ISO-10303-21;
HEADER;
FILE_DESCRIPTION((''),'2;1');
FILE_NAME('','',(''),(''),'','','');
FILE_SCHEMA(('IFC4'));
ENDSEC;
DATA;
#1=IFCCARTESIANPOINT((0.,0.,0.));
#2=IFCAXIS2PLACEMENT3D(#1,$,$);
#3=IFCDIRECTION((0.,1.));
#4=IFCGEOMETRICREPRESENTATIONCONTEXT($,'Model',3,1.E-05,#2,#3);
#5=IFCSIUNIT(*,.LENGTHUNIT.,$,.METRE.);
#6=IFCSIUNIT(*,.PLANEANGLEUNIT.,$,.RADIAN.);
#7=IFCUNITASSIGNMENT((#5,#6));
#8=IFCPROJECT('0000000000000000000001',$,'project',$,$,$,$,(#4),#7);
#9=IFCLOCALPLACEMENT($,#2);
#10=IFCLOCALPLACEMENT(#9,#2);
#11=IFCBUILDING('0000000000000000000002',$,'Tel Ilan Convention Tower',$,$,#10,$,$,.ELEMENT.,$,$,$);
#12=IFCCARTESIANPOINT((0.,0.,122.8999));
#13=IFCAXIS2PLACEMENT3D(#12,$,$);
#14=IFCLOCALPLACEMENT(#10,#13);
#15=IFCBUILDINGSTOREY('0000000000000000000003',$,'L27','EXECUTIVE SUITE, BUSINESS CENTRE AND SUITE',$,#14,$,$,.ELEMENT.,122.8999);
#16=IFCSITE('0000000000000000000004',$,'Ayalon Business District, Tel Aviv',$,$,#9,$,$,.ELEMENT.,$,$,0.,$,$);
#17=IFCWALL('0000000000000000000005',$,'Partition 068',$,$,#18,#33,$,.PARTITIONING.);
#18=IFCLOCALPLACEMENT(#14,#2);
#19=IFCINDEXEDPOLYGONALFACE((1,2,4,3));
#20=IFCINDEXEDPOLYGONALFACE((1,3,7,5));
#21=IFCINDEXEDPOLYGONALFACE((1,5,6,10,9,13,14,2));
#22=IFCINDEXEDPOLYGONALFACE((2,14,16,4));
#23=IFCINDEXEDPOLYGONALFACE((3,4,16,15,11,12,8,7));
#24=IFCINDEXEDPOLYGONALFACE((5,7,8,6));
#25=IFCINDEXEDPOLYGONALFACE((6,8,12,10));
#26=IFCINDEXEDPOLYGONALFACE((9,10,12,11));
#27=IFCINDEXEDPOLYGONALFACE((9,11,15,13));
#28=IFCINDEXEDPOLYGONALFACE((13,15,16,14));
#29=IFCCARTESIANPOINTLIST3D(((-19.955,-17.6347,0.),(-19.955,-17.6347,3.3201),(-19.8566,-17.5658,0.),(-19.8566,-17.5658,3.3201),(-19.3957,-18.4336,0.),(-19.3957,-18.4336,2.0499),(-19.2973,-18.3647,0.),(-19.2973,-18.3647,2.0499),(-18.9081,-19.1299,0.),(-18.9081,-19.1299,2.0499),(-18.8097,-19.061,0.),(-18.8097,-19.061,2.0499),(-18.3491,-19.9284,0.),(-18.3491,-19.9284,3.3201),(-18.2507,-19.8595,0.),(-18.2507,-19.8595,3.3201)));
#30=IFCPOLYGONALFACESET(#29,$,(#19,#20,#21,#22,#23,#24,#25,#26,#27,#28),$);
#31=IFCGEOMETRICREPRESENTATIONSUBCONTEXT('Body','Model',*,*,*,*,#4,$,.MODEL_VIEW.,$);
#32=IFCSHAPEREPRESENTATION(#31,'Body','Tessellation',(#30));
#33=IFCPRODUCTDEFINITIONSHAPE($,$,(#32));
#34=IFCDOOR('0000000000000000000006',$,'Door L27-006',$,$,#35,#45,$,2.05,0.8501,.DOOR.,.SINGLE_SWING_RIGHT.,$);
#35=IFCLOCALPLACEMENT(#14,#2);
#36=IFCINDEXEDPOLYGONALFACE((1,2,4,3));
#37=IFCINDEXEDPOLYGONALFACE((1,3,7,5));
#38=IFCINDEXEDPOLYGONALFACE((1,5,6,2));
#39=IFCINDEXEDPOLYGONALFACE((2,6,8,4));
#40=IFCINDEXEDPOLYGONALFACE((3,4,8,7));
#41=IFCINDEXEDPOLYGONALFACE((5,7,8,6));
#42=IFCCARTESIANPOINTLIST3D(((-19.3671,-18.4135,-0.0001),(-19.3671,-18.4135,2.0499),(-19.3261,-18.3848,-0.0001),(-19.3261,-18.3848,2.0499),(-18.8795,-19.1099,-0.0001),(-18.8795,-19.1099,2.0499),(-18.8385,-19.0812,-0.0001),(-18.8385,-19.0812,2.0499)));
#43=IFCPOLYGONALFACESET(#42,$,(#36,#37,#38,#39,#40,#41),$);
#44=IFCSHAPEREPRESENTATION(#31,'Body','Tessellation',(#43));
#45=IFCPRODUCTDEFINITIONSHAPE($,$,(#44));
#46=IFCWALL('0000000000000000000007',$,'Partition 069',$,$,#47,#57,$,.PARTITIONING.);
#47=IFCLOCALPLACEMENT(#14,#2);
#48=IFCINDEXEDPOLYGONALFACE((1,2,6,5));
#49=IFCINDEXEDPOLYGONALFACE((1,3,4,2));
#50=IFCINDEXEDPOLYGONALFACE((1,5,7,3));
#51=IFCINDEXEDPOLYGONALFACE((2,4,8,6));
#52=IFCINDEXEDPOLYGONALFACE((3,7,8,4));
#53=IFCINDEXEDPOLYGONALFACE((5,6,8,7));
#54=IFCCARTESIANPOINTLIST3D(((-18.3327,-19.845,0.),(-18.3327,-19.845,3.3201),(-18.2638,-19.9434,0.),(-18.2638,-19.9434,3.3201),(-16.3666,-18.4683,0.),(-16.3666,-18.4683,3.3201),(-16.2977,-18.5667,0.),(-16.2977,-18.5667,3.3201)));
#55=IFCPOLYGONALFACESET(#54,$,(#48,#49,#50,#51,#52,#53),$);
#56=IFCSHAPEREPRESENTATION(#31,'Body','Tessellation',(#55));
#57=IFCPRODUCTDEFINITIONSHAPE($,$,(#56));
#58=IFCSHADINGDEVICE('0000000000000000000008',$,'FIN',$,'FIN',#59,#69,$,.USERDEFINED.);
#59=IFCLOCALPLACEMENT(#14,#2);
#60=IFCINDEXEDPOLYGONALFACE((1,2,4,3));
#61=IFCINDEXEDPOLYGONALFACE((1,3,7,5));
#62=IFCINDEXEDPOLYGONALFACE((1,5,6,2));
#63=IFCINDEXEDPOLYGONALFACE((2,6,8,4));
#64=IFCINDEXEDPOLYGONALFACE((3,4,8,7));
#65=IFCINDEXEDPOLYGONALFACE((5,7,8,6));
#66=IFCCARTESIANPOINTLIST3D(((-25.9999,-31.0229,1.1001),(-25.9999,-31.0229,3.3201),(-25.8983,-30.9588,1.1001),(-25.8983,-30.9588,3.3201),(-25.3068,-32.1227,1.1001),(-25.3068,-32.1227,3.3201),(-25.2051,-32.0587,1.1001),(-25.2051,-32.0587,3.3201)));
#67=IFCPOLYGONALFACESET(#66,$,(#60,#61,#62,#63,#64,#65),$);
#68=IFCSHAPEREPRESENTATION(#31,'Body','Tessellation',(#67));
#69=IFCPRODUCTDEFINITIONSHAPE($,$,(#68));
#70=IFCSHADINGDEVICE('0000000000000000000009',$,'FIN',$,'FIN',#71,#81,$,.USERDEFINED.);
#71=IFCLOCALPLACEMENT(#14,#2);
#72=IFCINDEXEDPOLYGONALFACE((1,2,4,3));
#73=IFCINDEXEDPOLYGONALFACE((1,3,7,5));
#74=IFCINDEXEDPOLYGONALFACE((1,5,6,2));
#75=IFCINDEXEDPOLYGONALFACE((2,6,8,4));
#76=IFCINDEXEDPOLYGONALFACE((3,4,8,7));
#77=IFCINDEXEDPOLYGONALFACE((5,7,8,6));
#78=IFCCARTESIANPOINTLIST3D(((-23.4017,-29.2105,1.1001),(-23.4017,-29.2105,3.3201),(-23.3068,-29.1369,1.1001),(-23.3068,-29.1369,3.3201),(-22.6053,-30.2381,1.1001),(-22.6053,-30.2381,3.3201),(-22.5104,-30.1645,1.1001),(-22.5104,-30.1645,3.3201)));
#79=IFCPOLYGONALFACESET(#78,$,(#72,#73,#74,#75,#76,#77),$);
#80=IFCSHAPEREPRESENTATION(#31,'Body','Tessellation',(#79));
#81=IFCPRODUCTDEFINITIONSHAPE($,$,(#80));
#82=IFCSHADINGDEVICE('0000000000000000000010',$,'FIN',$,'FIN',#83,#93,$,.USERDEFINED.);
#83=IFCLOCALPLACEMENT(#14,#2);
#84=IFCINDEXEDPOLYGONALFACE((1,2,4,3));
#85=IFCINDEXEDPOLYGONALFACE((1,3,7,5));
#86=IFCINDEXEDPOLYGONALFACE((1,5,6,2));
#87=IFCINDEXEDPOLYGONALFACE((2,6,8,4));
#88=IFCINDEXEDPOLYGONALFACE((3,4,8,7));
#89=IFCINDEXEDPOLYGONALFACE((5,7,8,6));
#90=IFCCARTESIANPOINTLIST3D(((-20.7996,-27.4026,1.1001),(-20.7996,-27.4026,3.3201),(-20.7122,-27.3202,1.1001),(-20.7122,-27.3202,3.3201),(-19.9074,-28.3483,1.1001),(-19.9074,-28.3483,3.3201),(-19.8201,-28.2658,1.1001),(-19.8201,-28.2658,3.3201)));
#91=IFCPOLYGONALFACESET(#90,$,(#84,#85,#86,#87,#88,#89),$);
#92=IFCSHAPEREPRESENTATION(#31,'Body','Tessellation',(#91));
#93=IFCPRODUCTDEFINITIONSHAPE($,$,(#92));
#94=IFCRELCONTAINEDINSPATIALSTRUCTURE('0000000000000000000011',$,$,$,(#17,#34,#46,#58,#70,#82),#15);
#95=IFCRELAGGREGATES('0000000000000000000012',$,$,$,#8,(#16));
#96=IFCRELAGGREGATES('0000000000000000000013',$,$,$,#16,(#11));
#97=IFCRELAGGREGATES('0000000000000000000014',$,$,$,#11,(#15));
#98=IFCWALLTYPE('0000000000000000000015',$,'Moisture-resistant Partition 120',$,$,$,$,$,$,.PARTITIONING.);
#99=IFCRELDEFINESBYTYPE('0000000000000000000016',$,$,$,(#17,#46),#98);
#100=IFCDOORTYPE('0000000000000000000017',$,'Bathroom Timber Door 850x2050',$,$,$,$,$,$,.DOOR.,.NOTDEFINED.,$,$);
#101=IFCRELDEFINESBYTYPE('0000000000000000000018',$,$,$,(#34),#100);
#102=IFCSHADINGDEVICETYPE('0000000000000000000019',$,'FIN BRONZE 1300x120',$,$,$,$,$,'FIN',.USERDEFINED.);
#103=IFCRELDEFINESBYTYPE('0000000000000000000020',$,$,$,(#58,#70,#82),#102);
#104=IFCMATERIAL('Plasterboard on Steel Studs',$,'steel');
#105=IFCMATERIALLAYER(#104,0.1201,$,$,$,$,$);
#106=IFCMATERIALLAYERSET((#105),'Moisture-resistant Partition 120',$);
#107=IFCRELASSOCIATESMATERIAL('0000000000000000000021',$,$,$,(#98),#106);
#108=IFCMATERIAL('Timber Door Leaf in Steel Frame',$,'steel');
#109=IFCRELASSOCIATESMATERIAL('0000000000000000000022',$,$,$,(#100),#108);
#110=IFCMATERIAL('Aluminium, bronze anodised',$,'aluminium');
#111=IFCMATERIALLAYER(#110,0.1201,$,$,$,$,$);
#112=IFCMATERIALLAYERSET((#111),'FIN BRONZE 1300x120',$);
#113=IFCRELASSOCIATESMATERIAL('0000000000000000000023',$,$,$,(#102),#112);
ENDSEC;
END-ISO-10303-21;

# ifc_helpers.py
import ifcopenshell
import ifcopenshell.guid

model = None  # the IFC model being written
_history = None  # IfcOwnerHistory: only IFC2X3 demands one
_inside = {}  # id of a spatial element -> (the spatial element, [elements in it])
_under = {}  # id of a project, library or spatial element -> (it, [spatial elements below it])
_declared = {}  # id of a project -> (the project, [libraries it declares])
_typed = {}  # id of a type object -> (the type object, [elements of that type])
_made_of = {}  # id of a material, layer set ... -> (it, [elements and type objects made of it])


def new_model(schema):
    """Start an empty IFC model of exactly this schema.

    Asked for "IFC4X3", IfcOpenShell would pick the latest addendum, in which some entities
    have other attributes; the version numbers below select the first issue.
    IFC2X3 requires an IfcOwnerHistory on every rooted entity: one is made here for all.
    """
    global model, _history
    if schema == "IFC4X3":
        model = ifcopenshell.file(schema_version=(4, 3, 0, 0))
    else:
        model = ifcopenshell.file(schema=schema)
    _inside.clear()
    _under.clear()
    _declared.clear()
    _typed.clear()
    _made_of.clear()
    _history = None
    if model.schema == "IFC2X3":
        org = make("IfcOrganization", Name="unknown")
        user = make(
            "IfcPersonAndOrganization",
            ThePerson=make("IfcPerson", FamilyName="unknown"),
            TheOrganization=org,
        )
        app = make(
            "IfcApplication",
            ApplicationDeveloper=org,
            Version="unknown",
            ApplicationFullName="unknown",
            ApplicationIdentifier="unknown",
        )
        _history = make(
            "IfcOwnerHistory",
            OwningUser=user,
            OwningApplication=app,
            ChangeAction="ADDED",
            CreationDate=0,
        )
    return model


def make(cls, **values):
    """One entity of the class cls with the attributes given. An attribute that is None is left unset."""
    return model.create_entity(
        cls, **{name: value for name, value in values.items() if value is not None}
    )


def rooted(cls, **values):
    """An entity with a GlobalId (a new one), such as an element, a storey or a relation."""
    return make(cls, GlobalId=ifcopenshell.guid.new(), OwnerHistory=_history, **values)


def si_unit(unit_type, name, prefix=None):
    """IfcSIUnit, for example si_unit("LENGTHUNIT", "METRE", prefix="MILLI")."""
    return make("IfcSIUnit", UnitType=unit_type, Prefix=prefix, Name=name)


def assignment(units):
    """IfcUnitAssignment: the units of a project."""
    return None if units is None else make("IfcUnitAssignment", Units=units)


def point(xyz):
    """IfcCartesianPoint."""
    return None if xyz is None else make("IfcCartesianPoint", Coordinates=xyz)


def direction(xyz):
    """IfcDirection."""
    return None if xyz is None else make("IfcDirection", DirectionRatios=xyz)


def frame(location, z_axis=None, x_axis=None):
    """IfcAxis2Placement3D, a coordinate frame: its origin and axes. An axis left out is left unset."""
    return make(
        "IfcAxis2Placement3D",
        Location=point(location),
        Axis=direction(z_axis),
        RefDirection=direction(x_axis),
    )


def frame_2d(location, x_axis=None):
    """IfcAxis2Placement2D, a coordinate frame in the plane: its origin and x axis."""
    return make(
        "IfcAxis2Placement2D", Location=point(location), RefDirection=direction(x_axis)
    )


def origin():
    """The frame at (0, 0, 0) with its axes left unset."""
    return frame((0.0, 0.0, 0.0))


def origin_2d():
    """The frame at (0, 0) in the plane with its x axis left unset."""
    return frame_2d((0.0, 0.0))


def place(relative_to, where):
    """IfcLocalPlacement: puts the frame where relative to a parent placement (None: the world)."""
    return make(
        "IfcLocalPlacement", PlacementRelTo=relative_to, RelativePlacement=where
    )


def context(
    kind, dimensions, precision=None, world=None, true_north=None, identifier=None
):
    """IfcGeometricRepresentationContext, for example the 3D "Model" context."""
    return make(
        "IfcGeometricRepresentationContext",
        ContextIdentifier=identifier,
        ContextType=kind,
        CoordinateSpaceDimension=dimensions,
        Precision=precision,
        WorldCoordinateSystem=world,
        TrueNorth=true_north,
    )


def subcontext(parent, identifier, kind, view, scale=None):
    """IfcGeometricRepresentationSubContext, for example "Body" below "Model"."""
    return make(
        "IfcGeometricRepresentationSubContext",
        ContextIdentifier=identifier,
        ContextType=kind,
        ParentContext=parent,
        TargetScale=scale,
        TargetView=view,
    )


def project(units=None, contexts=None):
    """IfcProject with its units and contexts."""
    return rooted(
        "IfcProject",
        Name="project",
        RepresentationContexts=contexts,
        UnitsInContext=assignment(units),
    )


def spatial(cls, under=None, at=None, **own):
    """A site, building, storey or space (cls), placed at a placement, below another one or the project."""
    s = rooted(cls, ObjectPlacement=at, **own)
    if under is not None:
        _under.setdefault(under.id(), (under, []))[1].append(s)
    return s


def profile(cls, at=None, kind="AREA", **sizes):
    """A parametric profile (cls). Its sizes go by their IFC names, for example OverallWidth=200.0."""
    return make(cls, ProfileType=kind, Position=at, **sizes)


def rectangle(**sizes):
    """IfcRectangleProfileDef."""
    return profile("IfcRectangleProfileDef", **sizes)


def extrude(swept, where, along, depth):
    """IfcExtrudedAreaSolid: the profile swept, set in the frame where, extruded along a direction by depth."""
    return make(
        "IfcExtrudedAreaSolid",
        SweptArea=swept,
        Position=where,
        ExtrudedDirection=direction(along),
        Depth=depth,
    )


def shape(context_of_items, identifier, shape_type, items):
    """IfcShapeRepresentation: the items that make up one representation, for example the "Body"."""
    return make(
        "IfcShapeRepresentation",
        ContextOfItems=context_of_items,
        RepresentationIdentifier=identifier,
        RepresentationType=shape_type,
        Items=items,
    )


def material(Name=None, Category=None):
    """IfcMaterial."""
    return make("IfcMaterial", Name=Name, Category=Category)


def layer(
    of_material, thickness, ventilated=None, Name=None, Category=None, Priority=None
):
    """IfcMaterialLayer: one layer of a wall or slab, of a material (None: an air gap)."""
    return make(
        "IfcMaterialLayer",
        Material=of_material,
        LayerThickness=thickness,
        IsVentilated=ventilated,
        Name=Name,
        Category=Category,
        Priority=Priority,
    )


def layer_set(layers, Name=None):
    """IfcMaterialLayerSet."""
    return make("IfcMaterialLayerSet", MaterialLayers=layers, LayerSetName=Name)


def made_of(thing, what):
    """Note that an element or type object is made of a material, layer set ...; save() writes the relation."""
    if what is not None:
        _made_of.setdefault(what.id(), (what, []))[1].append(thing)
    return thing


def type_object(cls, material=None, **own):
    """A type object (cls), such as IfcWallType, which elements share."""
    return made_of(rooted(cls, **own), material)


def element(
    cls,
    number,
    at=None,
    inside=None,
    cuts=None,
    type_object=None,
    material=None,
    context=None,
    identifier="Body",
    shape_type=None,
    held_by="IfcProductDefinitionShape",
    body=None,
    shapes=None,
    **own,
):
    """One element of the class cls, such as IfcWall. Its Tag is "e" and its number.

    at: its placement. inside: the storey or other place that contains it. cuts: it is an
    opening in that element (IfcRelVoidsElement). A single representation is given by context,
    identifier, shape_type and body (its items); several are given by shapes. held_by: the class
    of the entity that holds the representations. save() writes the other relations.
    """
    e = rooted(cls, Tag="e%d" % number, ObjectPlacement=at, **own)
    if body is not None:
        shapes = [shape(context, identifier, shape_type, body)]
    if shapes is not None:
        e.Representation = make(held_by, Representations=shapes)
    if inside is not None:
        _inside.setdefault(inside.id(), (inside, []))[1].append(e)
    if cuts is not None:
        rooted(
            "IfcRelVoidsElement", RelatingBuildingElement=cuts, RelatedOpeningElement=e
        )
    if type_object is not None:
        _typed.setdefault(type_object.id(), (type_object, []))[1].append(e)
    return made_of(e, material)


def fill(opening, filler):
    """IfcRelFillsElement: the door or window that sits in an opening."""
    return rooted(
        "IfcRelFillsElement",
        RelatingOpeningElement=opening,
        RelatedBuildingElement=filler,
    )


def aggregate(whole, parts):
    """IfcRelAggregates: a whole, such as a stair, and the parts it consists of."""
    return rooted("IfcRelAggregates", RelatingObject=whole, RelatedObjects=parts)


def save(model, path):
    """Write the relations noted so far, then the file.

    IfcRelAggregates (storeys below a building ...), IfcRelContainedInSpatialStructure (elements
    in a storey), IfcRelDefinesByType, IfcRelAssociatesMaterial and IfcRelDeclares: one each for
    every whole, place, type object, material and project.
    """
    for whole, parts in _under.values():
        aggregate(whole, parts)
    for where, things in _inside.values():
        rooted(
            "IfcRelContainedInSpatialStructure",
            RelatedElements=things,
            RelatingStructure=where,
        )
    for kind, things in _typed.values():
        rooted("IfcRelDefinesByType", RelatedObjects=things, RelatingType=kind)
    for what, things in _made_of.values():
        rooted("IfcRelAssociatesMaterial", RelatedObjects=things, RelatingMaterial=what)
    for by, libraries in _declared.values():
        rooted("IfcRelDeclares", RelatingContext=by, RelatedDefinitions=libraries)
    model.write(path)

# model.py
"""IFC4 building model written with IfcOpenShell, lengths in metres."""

from ifc_helpers import new_model, si_unit, direction, frame, frame_2d, origin, origin_2d, place, context, subcontext, project, spatial, rectangle, extrude, material, layer, layer_set, type_object, element, fill, save


model = new_model("IFC4")

# Units and contexts
model_context = context("Model", 3, precision=1e-05, world=origin(), true_north=direction((0.0, 1.0)))
body_context = subcontext(model_context, "Body", "Model", "MODEL_VIEW")
ifc_project = project(units=[si_unit("LENGTHUNIT", "METRE"), si_unit("PLANEANGLEUNIT", "RADIAN")], contexts=[model_context])

# Site, building, storey
site_placement = place(None, origin())
site = spatial("IfcSite", under=ifc_project, at=site_placement, Name="Ayalon Business District, Tel Aviv", CompositionType="ELEMENT", RefElevation=0.0)
building_placement = place(site_placement, origin())
building = spatial("IfcBuilding", under=site, at=building_placement, Name="Tel Ilan Convention Tower", CompositionType="ELEMENT")
storey_placement = place(building_placement, frame((0.0, 0.0, 122.8999)))
storey = spatial("IfcBuildingStorey", under=building, at=storey_placement, Name="L27", Description="EXECUTIVE SUITE, BUSINESS CENTRE AND SUITE", CompositionType="ELEMENT", Elevation=122.8999)

# Shared definitions
ifc_material_1 = material(Name="Plasterboard on Steel Studs", Category="steel")
ifc_layer_1 = layer(ifc_material_1, 0.1201)
ifc_layer_set_1 = layer_set([ifc_layer_1], Name="Moisture-resistant Partition 120")
wall_type_1 = type_object("IfcWallType", Name="Moisture-resistant Partition 120", PredefinedType="PARTITIONING", material=ifc_layer_set_1)

# Wall, opening, door
ifc_material_2 = material(Name="Timber Door Leaf in Steel Frame", Category="steel")
door_type_1 = type_object("IfcDoorType", Name="Bathroom Timber Door 850x2050", OperationType="NOTDEFINED", PredefinedType="DOOR", material=ifc_material_2)
wall_1_placement = place(storey_placement, frame((-19.9058, -17.6003, 0.0), z_axis=(0.0, 0.0, 1.0), x_axis=(0.57355, -0.81917, 0.0)))
wall_1 = element("IfcWall", 1, at=wall_1_placement, inside=storey, type_object=wall_type_1, Name="Partition 068", PredefinedType="PARTITIONING", context=body_context, shape_type="SweptSolid", body=[
    extrude(rectangle(XDim=2.8, YDim=0.1201, at=frame_2d((1.3999, 0.0))), origin(), (0.0, 0.0, 1.0), 3.3201),
])
opening_1_placement = place(wall_1_placement, frame((0.9751, 0.0, 0.0)))
opening_1 = element("IfcOpeningElement", 2, at=opening_1_placement, cuts=wall_1, PredefinedType="OPENING", context=body_context, shape_type="SweptSolid", body=[
    extrude(rectangle(XDim=0.8501, YDim=2.05, at=frame_2d((0.425, 1.0249))), frame((0.0, 0.0701, 0.0), z_axis=(0.0, -1.0, 0.0), x_axis=(1.0, 0.0, 0.0)), (0.0, 0.0, 1.0), 0.1401),
])
door_1_placement = place(opening_1_placement, origin())
door_1 = element("IfcDoor", 3, at=door_1_placement, inside=storey, type_object=door_type_1, Name="Door L27-006", OperationType="SINGLE_SWING_RIGHT", OverallHeight=2.05, OverallWidth=0.8501, PredefinedType="DOOR", context=body_context, shape_type="SweptSolid", body=[
    extrude(rectangle(XDim=0.8501, YDim=2.05, at=frame_2d((0.425, 1.0249))), frame((0.0, 0.0249, 0.0), z_axis=(0.0, -1.0, 0.0), x_axis=(1.0, 0.0, 0.0)), (0.0, 0.0, 1.0), 0.05),
])
fill(opening_1, door_1)

# Wall
wall_2_placement = place(storey_placement, frame((-18.2983, -19.8943, 0.0), z_axis=(0.0, 0.0, 1.0), x_axis=(0.819141, 0.573592, 0.0)))
element("IfcWall", 4, at=wall_2_placement, inside=storey, type_object=wall_type_1, Name="Partition 069", PredefinedType="PARTITIONING", context=body_context, shape_type="SweptSolid", body=[
    extrude(rectangle(XDim=2.4001, YDim=0.1201, at=frame_2d((1.2002, 0.0))), origin(), (0.0, 0.0, 1.0), 3.3201),
])

# Shading devices
ifc_material_3 = material(Name="Aluminium, bronze anodised", Category="aluminium")
ifc_layer_2 = layer(ifc_material_3, 0.1201)
ifc_layer_set_2 = layer_set([ifc_layer_2], Name="FIN BRONZE 1300x120")
shading_device_type = type_object("IfcShadingDeviceType", Name="FIN BRONZE 1300x120", ElementType="FIN", PredefinedType="USERDEFINED", material=ifc_layer_set_2)
for number, where, z_axis, x_axis, name in (
    (5, (-25.6025, -31.5408, 1.1001), (0.0, 0.0, 1.0), (0.533204, -0.845986, 0.0), "FIN"),
    (6, (-22.9561, -29.6875, 1.1001), (0.0, 0.0, 1.0), (0.612601, -0.790393, 0.0), "FIN"),
    (7, (-20.3098, -27.8342, 1.1001), (0.0, 0.0, 1.0), (0.686242, -0.727374, 0.0), "FIN"),
):
    element("IfcShadingDevice", number, at=place(storey_placement, frame(where, z_axis=z_axis, x_axis=x_axis)), inside=storey, type_object=shading_device_type, Name=name, ObjectType="FIN", PredefinedType="USERDEFINED", context=body_context, shape_type="SweptSolid", body=[
        extrude(rectangle(XDim=1.3, YDim=0.1201, at=origin_2d()), origin(), (0.0, 0.0, 1.0), 2.22),
    ])

save(model, "model.ifc")
